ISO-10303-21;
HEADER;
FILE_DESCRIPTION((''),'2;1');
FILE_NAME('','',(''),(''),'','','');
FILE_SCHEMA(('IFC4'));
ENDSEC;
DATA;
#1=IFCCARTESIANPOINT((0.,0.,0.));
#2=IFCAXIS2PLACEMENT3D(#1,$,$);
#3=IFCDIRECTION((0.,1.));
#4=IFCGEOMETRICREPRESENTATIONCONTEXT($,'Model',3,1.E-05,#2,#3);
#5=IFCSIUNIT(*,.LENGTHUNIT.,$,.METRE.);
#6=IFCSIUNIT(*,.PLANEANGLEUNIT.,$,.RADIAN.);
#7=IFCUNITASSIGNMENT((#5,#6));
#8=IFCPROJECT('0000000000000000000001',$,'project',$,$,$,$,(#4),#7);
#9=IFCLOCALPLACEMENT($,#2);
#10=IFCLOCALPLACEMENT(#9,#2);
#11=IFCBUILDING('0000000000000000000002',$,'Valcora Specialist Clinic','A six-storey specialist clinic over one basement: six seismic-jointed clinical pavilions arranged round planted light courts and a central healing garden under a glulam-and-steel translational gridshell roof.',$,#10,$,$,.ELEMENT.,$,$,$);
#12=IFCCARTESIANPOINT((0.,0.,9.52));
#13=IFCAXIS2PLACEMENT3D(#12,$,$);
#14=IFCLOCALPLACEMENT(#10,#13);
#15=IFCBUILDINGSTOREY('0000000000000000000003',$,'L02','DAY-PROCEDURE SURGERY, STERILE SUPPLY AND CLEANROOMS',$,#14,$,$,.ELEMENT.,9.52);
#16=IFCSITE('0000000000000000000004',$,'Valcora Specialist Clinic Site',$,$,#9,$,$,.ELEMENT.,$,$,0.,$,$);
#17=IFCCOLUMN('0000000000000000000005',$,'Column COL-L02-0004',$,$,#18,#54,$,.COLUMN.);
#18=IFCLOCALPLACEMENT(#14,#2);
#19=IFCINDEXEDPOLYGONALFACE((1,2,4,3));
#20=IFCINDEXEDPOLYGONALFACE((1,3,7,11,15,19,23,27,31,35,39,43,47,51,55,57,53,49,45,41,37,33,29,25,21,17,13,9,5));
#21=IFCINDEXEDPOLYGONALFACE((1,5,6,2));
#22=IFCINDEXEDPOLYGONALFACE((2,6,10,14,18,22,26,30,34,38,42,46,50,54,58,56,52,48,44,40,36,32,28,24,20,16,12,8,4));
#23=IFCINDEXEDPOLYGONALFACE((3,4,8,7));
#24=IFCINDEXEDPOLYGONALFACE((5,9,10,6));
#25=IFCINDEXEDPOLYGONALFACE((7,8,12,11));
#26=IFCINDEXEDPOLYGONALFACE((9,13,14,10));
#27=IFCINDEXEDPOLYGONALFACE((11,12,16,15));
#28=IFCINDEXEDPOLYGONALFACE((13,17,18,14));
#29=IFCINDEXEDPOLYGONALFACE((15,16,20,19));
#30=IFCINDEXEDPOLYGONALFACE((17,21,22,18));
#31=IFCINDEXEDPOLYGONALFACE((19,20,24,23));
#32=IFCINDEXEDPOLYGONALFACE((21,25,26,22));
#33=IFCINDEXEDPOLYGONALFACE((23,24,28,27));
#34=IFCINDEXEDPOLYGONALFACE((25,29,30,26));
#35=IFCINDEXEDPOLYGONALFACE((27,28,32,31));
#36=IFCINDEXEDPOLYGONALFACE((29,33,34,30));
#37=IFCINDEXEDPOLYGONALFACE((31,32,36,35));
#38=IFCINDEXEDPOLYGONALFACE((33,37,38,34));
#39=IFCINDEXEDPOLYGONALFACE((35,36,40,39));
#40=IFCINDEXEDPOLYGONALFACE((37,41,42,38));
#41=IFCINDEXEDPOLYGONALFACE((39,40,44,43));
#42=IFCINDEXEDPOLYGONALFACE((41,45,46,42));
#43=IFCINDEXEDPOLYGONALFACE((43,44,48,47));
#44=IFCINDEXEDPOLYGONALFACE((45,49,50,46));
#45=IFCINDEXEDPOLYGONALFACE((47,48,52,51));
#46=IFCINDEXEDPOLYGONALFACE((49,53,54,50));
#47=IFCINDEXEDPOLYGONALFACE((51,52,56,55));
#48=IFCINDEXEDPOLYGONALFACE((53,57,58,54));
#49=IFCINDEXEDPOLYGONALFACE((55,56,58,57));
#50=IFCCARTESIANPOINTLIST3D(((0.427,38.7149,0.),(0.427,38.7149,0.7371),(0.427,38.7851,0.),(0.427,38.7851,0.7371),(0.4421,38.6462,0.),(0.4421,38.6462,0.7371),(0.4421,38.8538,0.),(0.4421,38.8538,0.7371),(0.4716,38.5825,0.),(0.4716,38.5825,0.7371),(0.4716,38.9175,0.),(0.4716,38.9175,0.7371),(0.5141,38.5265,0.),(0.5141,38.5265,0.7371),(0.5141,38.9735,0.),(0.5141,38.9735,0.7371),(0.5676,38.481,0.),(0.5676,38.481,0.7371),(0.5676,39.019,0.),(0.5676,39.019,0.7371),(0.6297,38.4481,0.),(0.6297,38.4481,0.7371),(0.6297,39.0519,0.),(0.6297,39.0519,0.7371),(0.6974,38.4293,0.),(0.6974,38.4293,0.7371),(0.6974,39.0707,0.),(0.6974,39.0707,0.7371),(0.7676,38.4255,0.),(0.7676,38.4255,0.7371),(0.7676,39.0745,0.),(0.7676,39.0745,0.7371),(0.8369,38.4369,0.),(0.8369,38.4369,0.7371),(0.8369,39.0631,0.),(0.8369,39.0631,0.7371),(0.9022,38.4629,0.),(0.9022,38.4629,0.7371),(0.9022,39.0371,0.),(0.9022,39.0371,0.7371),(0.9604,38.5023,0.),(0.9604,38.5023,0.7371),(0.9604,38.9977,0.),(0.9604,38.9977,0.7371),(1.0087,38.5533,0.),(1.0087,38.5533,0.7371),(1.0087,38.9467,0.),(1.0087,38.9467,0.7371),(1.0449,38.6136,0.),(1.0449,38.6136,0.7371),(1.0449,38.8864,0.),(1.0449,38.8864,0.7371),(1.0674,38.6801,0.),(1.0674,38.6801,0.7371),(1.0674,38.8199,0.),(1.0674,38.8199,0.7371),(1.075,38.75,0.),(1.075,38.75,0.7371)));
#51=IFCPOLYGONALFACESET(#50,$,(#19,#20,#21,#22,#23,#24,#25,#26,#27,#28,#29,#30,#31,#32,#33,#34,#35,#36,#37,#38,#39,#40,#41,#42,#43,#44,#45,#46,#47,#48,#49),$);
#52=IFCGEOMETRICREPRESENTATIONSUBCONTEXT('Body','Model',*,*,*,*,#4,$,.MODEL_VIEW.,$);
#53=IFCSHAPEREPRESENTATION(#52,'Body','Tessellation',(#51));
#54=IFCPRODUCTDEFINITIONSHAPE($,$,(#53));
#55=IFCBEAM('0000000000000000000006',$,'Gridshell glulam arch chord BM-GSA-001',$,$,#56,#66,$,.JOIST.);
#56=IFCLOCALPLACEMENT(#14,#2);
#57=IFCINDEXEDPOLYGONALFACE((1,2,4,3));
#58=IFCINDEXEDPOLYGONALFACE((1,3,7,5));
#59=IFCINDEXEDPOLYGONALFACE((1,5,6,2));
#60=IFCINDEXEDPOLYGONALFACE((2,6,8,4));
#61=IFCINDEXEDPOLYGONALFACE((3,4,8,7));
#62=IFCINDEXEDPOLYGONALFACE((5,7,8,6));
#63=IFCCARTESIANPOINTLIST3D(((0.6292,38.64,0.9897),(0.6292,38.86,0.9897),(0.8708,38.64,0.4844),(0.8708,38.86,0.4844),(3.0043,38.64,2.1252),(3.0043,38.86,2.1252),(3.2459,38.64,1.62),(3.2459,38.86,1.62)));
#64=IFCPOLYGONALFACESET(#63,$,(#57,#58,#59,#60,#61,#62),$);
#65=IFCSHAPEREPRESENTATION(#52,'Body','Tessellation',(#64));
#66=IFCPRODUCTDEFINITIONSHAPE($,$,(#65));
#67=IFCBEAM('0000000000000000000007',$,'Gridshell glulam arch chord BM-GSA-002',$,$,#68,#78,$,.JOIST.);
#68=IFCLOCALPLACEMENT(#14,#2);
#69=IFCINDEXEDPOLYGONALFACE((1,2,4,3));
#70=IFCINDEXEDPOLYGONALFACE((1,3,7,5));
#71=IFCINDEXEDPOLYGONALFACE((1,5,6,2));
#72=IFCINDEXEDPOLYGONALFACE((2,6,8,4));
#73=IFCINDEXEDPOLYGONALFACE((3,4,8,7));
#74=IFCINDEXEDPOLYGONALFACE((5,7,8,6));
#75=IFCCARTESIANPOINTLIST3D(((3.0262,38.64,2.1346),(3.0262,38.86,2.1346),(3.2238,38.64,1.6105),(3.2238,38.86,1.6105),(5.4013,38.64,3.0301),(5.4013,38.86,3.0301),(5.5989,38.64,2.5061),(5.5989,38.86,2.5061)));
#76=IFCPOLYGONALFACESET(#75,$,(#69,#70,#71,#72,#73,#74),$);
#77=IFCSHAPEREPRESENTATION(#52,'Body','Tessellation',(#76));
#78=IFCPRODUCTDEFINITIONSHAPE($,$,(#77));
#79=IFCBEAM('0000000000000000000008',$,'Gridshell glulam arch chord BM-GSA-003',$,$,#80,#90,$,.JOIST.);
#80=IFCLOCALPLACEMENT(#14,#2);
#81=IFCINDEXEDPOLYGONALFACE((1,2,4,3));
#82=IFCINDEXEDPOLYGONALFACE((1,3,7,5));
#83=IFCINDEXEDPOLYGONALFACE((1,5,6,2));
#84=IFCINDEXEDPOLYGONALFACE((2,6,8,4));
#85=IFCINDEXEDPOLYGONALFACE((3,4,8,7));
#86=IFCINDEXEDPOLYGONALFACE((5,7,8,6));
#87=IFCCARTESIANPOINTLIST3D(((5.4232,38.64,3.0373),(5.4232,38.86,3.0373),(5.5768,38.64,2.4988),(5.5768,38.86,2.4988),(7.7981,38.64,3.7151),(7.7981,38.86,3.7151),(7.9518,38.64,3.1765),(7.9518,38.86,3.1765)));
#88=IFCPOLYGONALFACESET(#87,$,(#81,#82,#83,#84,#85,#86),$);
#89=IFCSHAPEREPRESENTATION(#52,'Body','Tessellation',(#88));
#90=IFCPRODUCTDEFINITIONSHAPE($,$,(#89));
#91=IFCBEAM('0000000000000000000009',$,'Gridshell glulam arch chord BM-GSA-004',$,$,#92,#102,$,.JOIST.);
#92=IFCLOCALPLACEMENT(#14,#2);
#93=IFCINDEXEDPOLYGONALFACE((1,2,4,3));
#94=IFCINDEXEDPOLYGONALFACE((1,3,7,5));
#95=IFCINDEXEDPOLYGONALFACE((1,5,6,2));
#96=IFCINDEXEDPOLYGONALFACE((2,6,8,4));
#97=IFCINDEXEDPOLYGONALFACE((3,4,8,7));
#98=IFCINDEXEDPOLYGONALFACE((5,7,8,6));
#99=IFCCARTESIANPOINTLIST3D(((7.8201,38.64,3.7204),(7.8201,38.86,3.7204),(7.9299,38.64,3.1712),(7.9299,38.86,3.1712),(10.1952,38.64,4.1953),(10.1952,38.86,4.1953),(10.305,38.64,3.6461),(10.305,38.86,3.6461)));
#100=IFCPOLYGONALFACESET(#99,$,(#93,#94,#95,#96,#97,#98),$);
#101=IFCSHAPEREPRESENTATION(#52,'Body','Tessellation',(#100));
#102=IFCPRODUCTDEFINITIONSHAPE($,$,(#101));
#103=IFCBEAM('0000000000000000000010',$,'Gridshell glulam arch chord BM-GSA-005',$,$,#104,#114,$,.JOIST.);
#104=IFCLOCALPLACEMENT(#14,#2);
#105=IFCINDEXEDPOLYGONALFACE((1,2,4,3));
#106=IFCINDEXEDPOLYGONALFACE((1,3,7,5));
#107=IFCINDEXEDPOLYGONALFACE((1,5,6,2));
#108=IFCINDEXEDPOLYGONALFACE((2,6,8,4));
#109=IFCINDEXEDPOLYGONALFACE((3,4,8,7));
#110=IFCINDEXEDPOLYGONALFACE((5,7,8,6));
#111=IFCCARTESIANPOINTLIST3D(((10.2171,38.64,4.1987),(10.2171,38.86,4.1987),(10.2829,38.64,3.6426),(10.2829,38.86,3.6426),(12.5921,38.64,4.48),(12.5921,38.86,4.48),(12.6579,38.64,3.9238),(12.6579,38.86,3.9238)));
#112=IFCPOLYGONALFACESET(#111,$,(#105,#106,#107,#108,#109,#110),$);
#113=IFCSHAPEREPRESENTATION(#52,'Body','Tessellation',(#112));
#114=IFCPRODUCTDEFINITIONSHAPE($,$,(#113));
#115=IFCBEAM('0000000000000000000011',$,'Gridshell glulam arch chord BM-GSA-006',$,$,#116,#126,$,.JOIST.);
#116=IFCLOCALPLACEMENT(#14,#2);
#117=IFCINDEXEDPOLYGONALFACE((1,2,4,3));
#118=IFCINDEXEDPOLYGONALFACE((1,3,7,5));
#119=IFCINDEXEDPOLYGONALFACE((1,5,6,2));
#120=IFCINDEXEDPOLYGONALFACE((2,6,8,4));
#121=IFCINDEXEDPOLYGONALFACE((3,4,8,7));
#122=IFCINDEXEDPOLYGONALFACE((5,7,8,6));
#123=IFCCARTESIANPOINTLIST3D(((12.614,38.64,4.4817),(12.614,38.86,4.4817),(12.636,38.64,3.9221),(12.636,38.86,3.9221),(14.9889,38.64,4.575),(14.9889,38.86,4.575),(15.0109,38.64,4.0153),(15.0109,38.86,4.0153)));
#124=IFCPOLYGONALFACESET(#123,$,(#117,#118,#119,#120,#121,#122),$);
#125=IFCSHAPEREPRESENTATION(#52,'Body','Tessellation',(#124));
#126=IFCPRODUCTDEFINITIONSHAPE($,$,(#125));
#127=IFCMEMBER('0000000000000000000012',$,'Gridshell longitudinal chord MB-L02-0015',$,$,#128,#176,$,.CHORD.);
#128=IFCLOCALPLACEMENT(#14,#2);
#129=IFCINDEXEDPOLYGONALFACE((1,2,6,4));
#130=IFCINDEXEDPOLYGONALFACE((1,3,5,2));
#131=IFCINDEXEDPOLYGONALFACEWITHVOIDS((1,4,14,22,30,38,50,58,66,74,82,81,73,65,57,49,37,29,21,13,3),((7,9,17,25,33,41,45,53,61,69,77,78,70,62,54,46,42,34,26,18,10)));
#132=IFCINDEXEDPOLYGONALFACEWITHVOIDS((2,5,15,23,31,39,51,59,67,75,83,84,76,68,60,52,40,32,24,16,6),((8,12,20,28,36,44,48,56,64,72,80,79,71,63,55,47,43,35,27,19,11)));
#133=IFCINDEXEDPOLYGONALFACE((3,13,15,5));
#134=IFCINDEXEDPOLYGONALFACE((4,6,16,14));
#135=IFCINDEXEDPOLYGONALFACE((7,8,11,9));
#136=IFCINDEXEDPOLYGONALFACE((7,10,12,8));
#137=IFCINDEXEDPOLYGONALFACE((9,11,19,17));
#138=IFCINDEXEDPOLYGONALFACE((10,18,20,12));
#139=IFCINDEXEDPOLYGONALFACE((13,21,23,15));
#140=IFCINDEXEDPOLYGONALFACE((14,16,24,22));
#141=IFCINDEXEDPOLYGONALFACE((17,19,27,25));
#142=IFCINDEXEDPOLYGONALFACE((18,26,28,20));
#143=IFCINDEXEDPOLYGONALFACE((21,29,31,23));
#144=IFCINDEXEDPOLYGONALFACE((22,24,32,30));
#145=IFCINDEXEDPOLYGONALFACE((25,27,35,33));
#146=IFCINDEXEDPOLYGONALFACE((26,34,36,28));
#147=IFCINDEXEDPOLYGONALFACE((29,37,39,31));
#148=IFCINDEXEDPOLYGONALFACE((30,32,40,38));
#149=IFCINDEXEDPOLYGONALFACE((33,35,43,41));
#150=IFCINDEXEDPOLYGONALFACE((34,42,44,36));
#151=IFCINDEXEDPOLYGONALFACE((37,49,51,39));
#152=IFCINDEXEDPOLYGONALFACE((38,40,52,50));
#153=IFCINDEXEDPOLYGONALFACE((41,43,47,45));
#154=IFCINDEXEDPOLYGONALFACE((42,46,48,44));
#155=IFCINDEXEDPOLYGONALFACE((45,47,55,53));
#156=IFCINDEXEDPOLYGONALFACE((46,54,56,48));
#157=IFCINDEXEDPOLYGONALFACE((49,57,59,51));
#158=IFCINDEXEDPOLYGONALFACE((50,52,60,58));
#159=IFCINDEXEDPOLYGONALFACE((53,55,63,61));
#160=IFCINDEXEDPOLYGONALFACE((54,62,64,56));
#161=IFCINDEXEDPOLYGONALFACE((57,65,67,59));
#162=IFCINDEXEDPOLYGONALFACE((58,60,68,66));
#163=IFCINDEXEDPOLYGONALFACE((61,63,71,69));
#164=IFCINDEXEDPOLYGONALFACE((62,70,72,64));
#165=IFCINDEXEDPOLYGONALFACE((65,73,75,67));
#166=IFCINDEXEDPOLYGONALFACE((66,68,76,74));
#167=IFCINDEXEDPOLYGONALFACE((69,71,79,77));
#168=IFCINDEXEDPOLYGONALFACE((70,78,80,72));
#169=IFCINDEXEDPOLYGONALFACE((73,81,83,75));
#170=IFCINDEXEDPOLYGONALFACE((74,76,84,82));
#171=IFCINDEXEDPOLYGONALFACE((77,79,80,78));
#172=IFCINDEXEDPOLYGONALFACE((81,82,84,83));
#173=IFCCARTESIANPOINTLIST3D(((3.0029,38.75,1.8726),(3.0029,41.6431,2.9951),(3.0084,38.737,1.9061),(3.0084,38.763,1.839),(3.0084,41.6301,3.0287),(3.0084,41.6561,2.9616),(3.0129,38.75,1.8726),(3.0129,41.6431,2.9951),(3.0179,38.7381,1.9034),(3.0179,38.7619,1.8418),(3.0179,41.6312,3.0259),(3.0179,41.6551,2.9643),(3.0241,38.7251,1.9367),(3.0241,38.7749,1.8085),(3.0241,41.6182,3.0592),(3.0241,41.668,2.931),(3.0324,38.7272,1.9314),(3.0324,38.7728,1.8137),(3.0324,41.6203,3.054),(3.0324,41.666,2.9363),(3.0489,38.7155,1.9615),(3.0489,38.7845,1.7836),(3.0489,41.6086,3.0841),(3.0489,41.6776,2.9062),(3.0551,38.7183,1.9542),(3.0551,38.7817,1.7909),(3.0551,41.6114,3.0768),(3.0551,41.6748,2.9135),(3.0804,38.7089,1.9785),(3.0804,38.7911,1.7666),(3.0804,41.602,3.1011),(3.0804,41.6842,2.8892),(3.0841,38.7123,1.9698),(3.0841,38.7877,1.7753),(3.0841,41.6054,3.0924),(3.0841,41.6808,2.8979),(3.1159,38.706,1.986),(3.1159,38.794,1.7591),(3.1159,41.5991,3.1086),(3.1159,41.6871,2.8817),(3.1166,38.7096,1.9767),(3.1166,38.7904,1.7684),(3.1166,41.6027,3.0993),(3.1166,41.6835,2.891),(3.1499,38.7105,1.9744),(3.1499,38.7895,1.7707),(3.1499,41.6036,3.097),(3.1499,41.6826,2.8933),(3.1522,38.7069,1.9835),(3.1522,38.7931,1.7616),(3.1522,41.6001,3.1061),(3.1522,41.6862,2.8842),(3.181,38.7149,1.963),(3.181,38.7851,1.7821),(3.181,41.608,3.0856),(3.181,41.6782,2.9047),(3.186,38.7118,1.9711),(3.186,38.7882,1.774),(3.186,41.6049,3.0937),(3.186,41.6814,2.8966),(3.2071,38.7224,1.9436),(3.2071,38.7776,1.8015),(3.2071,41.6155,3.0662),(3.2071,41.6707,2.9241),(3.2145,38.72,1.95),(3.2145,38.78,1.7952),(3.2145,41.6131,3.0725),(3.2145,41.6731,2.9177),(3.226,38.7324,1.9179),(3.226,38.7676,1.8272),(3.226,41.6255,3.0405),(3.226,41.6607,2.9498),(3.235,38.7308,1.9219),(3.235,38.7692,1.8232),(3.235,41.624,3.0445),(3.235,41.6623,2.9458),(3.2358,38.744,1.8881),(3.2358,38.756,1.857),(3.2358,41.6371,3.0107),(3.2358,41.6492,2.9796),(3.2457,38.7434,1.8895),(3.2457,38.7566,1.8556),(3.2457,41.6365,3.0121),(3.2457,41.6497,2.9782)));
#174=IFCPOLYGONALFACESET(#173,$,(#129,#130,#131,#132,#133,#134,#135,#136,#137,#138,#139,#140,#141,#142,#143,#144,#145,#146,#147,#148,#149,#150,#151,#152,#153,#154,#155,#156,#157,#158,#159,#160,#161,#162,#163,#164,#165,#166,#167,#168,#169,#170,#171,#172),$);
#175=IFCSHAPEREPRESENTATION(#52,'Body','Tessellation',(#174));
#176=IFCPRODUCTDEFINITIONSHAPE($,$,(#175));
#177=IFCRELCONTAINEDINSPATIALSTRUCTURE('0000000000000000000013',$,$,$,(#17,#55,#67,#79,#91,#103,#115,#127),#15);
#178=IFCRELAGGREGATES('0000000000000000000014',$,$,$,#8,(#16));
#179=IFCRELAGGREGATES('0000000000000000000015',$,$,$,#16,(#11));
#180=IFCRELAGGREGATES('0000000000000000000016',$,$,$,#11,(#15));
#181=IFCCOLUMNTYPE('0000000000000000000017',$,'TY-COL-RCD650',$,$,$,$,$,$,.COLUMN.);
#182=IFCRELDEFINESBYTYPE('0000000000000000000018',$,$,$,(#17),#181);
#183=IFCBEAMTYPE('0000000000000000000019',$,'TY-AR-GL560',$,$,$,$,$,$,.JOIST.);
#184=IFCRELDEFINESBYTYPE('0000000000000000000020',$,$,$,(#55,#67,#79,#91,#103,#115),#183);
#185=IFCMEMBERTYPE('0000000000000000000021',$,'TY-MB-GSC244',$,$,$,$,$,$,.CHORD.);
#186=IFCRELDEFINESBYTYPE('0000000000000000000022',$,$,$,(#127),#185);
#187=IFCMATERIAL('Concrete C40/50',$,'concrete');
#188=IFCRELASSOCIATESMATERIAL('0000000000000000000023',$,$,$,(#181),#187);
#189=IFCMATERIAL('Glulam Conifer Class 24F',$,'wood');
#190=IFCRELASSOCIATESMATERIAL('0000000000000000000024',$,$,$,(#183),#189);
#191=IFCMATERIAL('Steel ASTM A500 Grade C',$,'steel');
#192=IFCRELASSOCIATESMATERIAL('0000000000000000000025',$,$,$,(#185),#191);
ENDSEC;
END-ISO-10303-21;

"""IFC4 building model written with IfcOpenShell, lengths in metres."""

from ifc_helpers import new_model, si_unit, direction, frame, origin, origin_2d, place, context, subcontext, project, spatial, rectangle, circle, hollow_circle, extrude, material, material_profile, profile_set, type_object, element, save


model = new_model("IFC4")

# Units and contexts
model_context = context("Model", 3, precision=1e-05, world=origin(), true_north=direction((0.0, 1.0)))
body_context = subcontext(model_context, "Body", "Model", "MODEL_VIEW")
ifc_project = project(units=[si_unit("LENGTHUNIT", "METRE"), si_unit("PLANEANGLEUNIT", "RADIAN")], contexts=[model_context])

# Site, building, storey
site_placement = place(None, origin())
site = spatial("IfcSite", under=ifc_project, at=site_placement, Name="Valcora Specialist Clinic Site", CompositionType="ELEMENT", RefElevation=0.0)
building_placement = place(site_placement, origin())
building = spatial("IfcBuilding", under=site, at=building_placement, Name="Valcora Specialist Clinic", Description="A six-storey specialist clinic over one basement: six seismic-jointed clinical pavilions arranged round planted light courts and a central healing garden under a glulam-and-steel translational gridshell roof.", CompositionType="ELEMENT")
storey_placement = place(building_placement, frame((0.0, 0.0, 9.52)))
storey = spatial("IfcBuildingStorey", under=building, at=storey_placement, Name="L02", Description="DAY-PROCEDURE SURGERY, STERILE SUPPLY AND CLEANROOMS", CompositionType="ELEMENT", Elevation=9.52)

# Column
ifc_material_1 = material(Name="Concrete C40/50", Category="concrete")
ifc_material_profile_1 = material_profile(ifc_material_1, circle(Radius=0.325, at=origin_2d()), Name="RC-COL-D650")
ifc_profile_set_1 = profile_set([ifc_material_profile_1], Name="Concrete C40/50")
column_type = type_object("IfcColumnType", Name="TY-COL-RCD650", PredefinedType="COLUMN", material=ifc_profile_set_1)
column_placement = place(storey_placement, frame((0.75, 38.75, 0.0), z_axis=(0.0, 0.0, 1.0), x_axis=(1.0, 0.0, 0.0)))
element("IfcColumn", 1, at=column_placement, inside=storey, type_object=column_type, Name="Column COL-L02-0004", PredefinedType="COLUMN", context=body_context, shape_type="SweptSolid", body=[
    extrude(circle(Radius=0.325, at=origin_2d()), origin(), (0.0, 0.0, 1.0), 0.7371),
])

# Beams
ifc_material_2 = material(Name="Glulam Conifer Class 24F", Category="wood")
ifc_material_profile_2 = material_profile(ifc_material_2, rectangle(XDim=0.22, YDim=0.5601, at=origin_2d()), Name="GL-ARC-220X560")
ifc_profile_set_2 = profile_set([ifc_material_profile_2], Name="Glulam Conifer Class 24F")
beam_type = type_object("IfcBeamType", Name="TY-AR-GL560", PredefinedType="JOIST", material=ifc_profile_set_2)
beam_1_placement = place(storey_placement, frame((0.75, 38.75, 0.7371), z_axis=(0.902189, 0.0, 0.431341), x_axis=(0.0, 1.0, 0.0)))
element("IfcBeam", 2, at=beam_1_placement, inside=storey, type_object=beam_type, Name="Gridshell glulam arch chord BM-GSA-001", PredefinedType="JOIST", context=body_context, shape_type="SweptSolid", body=[
    extrude(rectangle(XDim=0.22, YDim=0.5601, at=origin_2d()), origin(), (0.0, 0.0, 1.0), 2.6326),
])
beam_2_placement = place(storey_placement, frame((3.125, 38.75, 1.8726), z_axis=(0.935695, 0.0, 0.352809), x_axis=(0.0, 1.0, 0.0)))
element("IfcBeam", 3, at=beam_2_placement, inside=storey, type_object=beam_type, Name="Gridshell glulam arch chord BM-GSA-002", PredefinedType="JOIST", context=body_context, shape_type="SweptSolid", body=[
    extrude(rectangle(XDim=0.22, YDim=0.5601, at=origin_2d()), origin(), (0.0, 0.0, 1.0), 2.5383),
])
beam_3_placement = place(storey_placement, frame((5.5, 38.75, 2.7681), z_axis=(0.961613, 0.0, 0.274408), x_axis=(0.0, 1.0, 0.0)))
element("IfcBeam", 4, at=beam_3_placement, inside=storey, type_object=beam_type, Name="Gridshell glulam arch chord BM-GSA-003", PredefinedType="JOIST", context=body_context, shape_type="SweptSolid", body=[
    extrude(rectangle(XDim=0.22, YDim=0.5601, at=origin_2d()), origin(), (0.0, 0.0, 1.0), 2.4697),
])
beam_4_placement = place(storey_placement, frame((7.875, 38.75, 3.4458), z_axis=(0.980592, 0.0, 0.196058), x_axis=(0.0, 1.0, 0.0)))
element("IfcBeam", 5, at=beam_4_placement, inside=storey, type_object=beam_type, Name="Gridshell glulam arch chord BM-GSA-004", PredefinedType="JOIST", context=body_context, shape_type="SweptSolid", body=[
    extrude(rectangle(XDim=0.22, YDim=0.5601, at=origin_2d()), origin(), (0.0, 0.0, 1.0), 2.4221),
])
beam_5_placement = place(storey_placement, frame((10.25, 38.75, 3.9207), z_axis=(0.993061, 0.0, 0.117599), x_axis=(0.0, 1.0, 0.0)))
element("IfcBeam", 6, at=beam_5_placement, inside=storey, type_object=beam_type, Name="Gridshell glulam arch chord BM-GSA-005", PredefinedType="JOIST", context=body_context, shape_type="SweptSolid", body=[
    extrude(rectangle(XDim=0.22, YDim=0.5601, at=origin_2d()), origin(), (0.0, 0.0, 1.0), 2.3916),
])
beam_6_placement = place(storey_placement, frame((12.625, 38.75, 4.2019), z_axis=(0.99923, 0.0, 0.039238), x_axis=(0.0, 1.0, 0.0)))
element("IfcBeam", 7, at=beam_6_placement, inside=storey, type_object=beam_type, Name="Gridshell glulam arch chord BM-GSA-006", PredefinedType="JOIST", context=body_context, shape_type="SweptSolid", body=[
    extrude(rectangle(XDim=0.22, YDim=0.5601, at=origin_2d()), origin(), (0.0, 0.0, 1.0), 2.3767),
])

# Member
ifc_material_3 = material(Name="Steel ASTM A500 Grade C", Category="steel")
ifc_material_profile_3 = material_profile(ifc_material_3, hollow_circle(Radius=0.1221, WallThickness=0.01, at=origin_2d()), Name="ST-CHS-244X10")
ifc_profile_set_3 = profile_set([ifc_material_profile_3], Name="Steel ASTM A500 Grade C")
member_type_1 = type_object("IfcMemberType", Name="TY-MB-GSC244", PredefinedType="CHORD", material=ifc_profile_set_3)
for number, where, z_axis, x_axis, name in (
    (8, (3.125, 38.75, 1.8726), (0.0, 0.932279, 0.36174), (-1.0, 0.0, 0.0), "Gridshell longitudinal chord MB-L02-0015"),
):
    element("IfcMember", number, at=place(storey_placement, frame(where, z_axis=z_axis, x_axis=x_axis)), inside=storey, type_object=member_type_1, Name=name, PredefinedType="CHORD", context=body_context, shape_type="SweptSolid", body=[
        extrude(hollow_circle(Radius=0.1221, WallThickness=0.01, at=origin_2d()), origin(), (0.0, 0.0, 1.0), 3.1033),
    ])

save(model, "model.ifc")
